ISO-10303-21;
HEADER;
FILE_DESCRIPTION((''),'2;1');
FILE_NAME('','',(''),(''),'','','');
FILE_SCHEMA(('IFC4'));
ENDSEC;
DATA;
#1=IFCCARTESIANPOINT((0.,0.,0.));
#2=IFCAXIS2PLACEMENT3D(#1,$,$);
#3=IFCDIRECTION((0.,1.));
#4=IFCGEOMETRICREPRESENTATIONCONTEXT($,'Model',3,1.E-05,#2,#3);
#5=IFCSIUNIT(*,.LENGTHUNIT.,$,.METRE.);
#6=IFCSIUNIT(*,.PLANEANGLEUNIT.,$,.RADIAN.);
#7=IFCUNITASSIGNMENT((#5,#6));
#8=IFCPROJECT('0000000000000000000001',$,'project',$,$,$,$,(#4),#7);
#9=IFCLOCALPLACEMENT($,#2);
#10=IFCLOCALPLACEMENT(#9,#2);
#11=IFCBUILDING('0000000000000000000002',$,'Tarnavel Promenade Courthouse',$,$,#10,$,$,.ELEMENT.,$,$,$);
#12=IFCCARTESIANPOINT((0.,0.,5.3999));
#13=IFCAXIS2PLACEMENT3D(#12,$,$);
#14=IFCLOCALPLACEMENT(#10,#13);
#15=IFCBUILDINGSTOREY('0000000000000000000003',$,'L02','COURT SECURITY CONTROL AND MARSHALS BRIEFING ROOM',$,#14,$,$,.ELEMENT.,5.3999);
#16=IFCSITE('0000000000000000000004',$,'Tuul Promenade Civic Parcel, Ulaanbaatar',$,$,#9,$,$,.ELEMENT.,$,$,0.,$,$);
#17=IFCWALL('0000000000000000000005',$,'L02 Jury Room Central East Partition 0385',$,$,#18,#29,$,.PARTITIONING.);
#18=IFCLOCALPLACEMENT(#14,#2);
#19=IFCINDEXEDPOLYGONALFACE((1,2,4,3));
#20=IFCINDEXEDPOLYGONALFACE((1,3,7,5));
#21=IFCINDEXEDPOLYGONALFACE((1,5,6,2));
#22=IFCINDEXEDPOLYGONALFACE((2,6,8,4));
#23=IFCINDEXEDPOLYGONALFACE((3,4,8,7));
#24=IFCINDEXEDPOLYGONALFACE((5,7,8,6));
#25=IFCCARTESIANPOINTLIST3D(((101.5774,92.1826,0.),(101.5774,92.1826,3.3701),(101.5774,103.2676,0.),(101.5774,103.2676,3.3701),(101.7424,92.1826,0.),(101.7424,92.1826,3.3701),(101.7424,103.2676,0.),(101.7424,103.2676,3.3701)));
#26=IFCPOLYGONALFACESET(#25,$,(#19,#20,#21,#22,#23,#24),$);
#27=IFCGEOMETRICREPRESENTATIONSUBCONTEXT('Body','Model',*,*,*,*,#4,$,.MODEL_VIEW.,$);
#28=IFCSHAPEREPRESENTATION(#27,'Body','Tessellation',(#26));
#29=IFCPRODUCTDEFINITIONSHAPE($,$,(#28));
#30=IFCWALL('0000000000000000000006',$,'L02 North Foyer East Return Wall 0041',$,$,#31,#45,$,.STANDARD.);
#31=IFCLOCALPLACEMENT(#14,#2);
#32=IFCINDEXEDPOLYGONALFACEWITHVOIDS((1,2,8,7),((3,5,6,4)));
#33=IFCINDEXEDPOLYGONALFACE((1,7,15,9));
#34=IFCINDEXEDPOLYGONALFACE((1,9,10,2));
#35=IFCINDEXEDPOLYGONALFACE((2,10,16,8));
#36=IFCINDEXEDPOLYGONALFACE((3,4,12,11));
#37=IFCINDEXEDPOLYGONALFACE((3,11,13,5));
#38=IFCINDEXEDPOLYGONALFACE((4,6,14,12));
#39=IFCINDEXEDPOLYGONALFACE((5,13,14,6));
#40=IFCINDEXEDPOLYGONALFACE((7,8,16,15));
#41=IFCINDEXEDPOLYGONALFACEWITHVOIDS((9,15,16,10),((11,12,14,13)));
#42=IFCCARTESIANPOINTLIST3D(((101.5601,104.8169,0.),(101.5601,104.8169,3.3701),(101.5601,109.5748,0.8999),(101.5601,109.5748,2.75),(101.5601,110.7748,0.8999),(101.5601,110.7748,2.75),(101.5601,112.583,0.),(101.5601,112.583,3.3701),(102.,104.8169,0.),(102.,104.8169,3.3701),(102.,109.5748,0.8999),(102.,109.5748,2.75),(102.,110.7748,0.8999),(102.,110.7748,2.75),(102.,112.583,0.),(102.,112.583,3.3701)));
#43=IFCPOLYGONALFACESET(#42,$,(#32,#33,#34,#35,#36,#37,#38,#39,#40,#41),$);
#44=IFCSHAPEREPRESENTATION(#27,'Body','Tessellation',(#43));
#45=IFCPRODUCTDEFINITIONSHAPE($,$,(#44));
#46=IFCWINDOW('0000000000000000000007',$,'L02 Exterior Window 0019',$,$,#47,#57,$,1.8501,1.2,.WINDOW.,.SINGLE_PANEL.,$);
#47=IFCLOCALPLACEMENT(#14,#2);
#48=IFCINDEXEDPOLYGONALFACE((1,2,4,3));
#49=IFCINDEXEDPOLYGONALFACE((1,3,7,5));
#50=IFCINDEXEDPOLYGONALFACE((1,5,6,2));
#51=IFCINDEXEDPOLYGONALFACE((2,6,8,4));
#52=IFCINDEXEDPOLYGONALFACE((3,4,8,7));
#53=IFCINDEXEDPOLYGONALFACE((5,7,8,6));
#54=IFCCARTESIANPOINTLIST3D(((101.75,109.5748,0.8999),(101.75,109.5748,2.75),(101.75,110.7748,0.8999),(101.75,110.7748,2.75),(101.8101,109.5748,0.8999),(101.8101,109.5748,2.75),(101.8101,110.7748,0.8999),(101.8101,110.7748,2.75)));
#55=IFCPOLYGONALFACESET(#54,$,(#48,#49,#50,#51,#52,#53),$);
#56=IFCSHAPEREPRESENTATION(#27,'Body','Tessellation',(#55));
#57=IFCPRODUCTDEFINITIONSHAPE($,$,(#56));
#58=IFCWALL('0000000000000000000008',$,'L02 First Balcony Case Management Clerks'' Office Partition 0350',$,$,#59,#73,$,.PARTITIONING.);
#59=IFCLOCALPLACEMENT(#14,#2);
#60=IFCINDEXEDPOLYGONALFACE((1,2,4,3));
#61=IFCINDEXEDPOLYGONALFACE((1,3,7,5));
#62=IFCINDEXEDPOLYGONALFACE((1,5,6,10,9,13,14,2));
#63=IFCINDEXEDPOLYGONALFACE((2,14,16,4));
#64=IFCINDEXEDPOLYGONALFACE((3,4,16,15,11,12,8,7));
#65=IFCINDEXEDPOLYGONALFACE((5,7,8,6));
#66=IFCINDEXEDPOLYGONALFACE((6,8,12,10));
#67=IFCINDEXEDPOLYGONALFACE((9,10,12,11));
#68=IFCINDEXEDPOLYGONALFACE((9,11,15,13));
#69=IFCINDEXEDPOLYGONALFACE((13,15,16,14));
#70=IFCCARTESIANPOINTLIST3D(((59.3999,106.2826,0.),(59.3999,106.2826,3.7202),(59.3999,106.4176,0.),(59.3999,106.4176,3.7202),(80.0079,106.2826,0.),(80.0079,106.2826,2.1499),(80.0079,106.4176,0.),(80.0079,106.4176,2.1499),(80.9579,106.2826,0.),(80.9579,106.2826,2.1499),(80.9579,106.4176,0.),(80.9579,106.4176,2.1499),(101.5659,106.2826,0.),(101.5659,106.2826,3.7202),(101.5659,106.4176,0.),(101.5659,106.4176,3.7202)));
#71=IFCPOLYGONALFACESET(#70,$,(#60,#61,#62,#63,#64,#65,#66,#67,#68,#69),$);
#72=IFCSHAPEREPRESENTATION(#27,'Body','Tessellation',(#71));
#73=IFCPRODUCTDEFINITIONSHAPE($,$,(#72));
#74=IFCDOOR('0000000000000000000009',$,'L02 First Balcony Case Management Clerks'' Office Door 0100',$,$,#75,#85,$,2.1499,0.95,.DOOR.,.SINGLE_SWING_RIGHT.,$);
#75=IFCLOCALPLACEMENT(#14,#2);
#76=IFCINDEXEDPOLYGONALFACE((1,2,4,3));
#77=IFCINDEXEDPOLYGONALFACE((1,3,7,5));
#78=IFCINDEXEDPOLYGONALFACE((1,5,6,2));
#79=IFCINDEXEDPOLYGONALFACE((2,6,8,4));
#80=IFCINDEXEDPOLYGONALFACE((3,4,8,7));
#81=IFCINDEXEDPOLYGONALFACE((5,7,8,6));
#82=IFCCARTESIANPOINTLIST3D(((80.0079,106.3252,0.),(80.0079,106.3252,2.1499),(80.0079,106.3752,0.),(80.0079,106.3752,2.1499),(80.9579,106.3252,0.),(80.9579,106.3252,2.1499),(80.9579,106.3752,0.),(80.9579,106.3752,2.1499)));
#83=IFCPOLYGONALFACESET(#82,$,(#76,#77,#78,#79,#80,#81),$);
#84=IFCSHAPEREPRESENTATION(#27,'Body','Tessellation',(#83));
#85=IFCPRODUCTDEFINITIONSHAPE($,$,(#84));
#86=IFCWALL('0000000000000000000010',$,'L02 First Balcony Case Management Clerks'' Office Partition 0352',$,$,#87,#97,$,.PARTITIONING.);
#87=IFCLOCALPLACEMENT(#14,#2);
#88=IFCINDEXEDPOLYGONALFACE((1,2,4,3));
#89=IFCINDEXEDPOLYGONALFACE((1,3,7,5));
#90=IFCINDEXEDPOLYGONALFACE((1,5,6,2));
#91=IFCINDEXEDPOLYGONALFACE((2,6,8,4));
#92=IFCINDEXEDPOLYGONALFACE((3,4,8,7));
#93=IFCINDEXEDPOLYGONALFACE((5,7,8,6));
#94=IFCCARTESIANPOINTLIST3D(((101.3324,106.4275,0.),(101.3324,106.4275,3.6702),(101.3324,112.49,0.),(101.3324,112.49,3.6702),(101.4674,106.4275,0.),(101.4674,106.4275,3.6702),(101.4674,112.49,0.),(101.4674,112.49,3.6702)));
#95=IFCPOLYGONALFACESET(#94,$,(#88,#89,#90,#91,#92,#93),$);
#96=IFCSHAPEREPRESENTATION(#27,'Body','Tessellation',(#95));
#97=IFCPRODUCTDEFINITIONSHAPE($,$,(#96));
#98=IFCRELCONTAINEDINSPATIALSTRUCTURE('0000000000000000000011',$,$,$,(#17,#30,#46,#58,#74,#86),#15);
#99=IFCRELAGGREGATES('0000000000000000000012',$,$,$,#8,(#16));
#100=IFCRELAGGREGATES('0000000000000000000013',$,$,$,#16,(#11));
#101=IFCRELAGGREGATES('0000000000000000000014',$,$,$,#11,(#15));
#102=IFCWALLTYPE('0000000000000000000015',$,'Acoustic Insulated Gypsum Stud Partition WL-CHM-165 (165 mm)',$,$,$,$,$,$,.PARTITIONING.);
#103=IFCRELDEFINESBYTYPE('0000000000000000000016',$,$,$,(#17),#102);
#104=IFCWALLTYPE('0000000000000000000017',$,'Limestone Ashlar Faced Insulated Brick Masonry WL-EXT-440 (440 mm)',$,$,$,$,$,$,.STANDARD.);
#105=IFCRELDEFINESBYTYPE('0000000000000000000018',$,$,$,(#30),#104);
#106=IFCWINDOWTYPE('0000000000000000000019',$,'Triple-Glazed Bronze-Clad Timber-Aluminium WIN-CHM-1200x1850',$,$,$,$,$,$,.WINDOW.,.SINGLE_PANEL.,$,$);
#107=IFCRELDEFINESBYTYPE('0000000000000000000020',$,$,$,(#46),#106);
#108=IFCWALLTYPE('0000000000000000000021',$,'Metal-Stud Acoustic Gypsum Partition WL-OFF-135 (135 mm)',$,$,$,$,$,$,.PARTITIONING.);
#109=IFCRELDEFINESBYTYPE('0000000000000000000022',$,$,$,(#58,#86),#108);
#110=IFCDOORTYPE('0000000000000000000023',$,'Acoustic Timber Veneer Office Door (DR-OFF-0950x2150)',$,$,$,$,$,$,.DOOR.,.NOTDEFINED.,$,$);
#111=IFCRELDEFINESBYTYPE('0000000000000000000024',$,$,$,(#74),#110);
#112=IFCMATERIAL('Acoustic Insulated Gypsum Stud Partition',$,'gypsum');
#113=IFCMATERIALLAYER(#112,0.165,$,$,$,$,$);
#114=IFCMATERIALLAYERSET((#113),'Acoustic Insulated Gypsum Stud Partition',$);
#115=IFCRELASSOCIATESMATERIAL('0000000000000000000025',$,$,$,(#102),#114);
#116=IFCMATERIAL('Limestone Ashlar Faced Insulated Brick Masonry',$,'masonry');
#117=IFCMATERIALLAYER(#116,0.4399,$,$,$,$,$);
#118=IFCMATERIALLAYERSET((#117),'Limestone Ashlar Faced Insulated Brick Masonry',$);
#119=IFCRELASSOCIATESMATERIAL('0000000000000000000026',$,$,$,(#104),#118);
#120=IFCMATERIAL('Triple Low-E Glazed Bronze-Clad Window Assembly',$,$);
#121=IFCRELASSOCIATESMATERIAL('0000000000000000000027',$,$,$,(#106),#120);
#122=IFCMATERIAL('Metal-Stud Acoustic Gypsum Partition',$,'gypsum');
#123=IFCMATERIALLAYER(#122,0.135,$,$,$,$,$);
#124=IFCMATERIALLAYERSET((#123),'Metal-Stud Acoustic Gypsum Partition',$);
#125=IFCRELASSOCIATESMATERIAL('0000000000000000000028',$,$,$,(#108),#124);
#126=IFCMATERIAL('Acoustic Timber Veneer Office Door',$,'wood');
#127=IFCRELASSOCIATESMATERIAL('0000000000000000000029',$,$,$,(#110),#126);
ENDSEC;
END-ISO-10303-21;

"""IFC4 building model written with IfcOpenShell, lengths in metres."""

from ifc_helpers import new_model, si_unit, direction, frame, frame_2d, origin, place, context, subcontext, project, spatial, rectangle, extrude, material, layer, layer_set, type_object, element, fill, save


model = new_model("IFC4")

# Units and contexts
model_context = context("Model", 3, precision=1e-05, world=origin(), true_north=direction((0.0, 1.0)))
body_context = subcontext(model_context, "Body", "Model", "MODEL_VIEW")
ifc_project = project(units=[si_unit("LENGTHUNIT", "METRE"), si_unit("PLANEANGLEUNIT", "RADIAN")], contexts=[model_context])

# Site, building, storey
site_placement = place(None, origin())
site = spatial("IfcSite", under=ifc_project, at=site_placement, Name="Tuul Promenade Civic Parcel, Ulaanbaatar", CompositionType="ELEMENT", RefElevation=0.0)
building_placement = place(site_placement, origin())
building = spatial("IfcBuilding", under=site, at=building_placement, Name="Tarnavel Promenade Courthouse", CompositionType="ELEMENT")
storey_placement = place(building_placement, frame((0.0, 0.0, 5.3999)))
storey = spatial("IfcBuildingStorey", under=building, at=storey_placement, Name="L02", Description="COURT SECURITY CONTROL AND MARSHALS BRIEFING ROOM", CompositionType="ELEMENT", Elevation=5.3999)

# Wall
ifc_material_1 = material(Name="Acoustic Insulated Gypsum Stud Partition", Category="gypsum")
ifc_layer_1 = layer(ifc_material_1, 0.165)
ifc_layer_set_1 = layer_set([ifc_layer_1], Name="Acoustic Insulated Gypsum Stud Partition")
wall_type_1 = type_object("IfcWallType", Name="Acoustic Insulated Gypsum Stud Partition WL-CHM-165 (165 mm)", PredefinedType="PARTITIONING", material=ifc_layer_set_1)
wall_1_placement = place(storey_placement, frame((101.6599, 103.2676, 0.0), z_axis=(0.0, 0.0, 1.0), x_axis=(0.0, -1.0, 0.0)))
element("IfcWall", 1, at=wall_1_placement, inside=storey, type_object=wall_type_1, Name="L02 Jury Room Central East Partition 0385", PredefinedType="PARTITIONING", context=body_context, shape_type="SweptSolid", body=[
    extrude(rectangle(XDim=11.085, YDim=0.165, at=frame_2d((5.5425, 0.0))), origin(), (0.0, 0.0, 1.0), 3.3701),
])

# Wall, opening, window
ifc_material_2 = material(Name="Limestone Ashlar Faced Insulated Brick Masonry", Category="masonry")
ifc_layer_2 = layer(ifc_material_2, 0.4399)
ifc_layer_set_2 = layer_set([ifc_layer_2], Name="Limestone Ashlar Faced Insulated Brick Masonry")
wall_type_2 = type_object("IfcWallType", Name="Limestone Ashlar Faced Insulated Brick Masonry WL-EXT-440 (440 mm)", PredefinedType="STANDARD", material=ifc_layer_set_2)
wall_2_placement = place(storey_placement, frame((101.78, 112.583, 0.0), z_axis=(0.0, 0.0, 1.0), x_axis=(0.0, -1.0, 0.0)))
wall_2 = element("IfcWall", 2, at=wall_2_placement, inside=storey, type_object=wall_type_2, Name="L02 North Foyer East Return Wall 0041", PredefinedType="STANDARD", context=body_context, shape_type="SweptSolid", body=[
    extrude(rectangle(XDim=7.7661, YDim=0.4399, at=frame_2d((3.8831, 0.0))), origin(), (0.0, 0.0, 1.0), 3.3701),
])
opening_1_placement = place(wall_2_placement, frame((1.8081, 0.0, 0.8999)))
opening_1 = element("IfcOpeningElement", 3, at=opening_1_placement, cuts=wall_2, PredefinedType="OPENING", context=body_context, shape_type="SweptSolid", body=[
    extrude(rectangle(XDim=1.2, YDim=1.8501, at=frame_2d((0.6001, 0.925))), frame((0.0, 0.23, 0.0), z_axis=(0.0, -1.0, 0.0), x_axis=(1.0, 0.0, 0.0)), (0.0, 0.0, 1.0), 0.46),
])
ifc_material_3 = material(Name="Triple Low-E Glazed Bronze-Clad Window Assembly")
window_type = type_object("IfcWindowType", Name="Triple-Glazed Bronze-Clad Timber-Aluminium WIN-CHM-1200x1850", PartitioningType="SINGLE_PANEL", PredefinedType="WINDOW", material=ifc_material_3)
window_placement = place(opening_1_placement, origin())
window = element("IfcWindow", 4, at=window_placement, inside=storey, type_object=window_type, Name="L02 Exterior Window 0019", OverallHeight=1.8501, OverallWidth=1.2, PartitioningType="SINGLE_PANEL", PredefinedType="WINDOW", context=body_context, shape_type="SweptSolid", body=[
    extrude(rectangle(XDim=1.2, YDim=1.8501, at=frame_2d((0.6001, 0.925))), frame((0.0, 0.03, 0.0), z_axis=(0.0, -1.0, 0.0), x_axis=(1.0, 0.0, 0.0)), (0.0, 0.0, 1.0), 0.0601),
])
fill(opening_1, window)

# Wall, opening, door
ifc_material_4 = material(Name="Metal-Stud Acoustic Gypsum Partition", Category="gypsum")
ifc_layer_3 = layer(ifc_material_4, 0.135)
ifc_layer_set_3 = layer_set([ifc_layer_3], Name="Metal-Stud Acoustic Gypsum Partition")
wall_type_3 = type_object("IfcWallType", Name="Metal-Stud Acoustic Gypsum Partition WL-OFF-135 (135 mm)", PredefinedType="PARTITIONING", material=ifc_layer_set_3)
wall_3_placement = place(storey_placement, frame((101.5659, 106.3501, 0.0), z_axis=(0.0, 0.0, 1.0), x_axis=(-1.0, 0.0, 0.0)))
wall_3 = element("IfcWall", 5, at=wall_3_placement, inside=storey, type_object=wall_type_3, Name="L02 First Balcony Case Management Clerks' Office Partition 0350", PredefinedType="PARTITIONING", context=body_context, shape_type="SweptSolid", body=[
    extrude(rectangle(XDim=42.166, YDim=0.135, at=frame_2d((21.083, 0.0))), origin(), (0.0, 0.0, 1.0), 3.7202),
])
opening_2_placement = place(wall_3_placement, frame((20.6079, 0.0, 0.0)))
opening_2 = element("IfcOpeningElement", 6, at=opening_2_placement, cuts=wall_3, PredefinedType="OPENING", context=body_context, shape_type="SweptSolid", body=[
    extrude(rectangle(XDim=0.95, YDim=2.1499, at=frame_2d((0.4751, 1.075))), frame((0.0, 0.0774, 0.0), z_axis=(0.0, -1.0, 0.0), x_axis=(1.0, 0.0, 0.0)), (0.0, 0.0, 1.0), 0.155),
])
ifc_material_5 = material(Name="Acoustic Timber Veneer Office Door", Category="wood")
door_type = type_object("IfcDoorType", Name="Acoustic Timber Veneer Office Door (DR-OFF-0950x2150)", OperationType="NOTDEFINED", PredefinedType="DOOR", material=ifc_material_5)
door_placement = place(opening_2_placement, origin())
door = element("IfcDoor", 7, at=door_placement, inside=storey, type_object=door_type, Name="L02 First Balcony Case Management Clerks' Office Door 0100", OperationType="SINGLE_SWING_RIGHT", OverallHeight=2.1499, OverallWidth=0.95, PredefinedType="DOOR", context=body_context, shape_type="SweptSolid", body=[
    extrude(rectangle(XDim=0.95, YDim=2.1499, at=frame_2d((0.4751, 1.075))), frame((0.0, 0.0249, 0.0), z_axis=(0.0, -1.0, 0.0), x_axis=(1.0, 0.0, 0.0)), (0.0, 0.0, 1.0), 0.05),
])
fill(opening_2, door)

# Wall
wall_4_placement = place(storey_placement, frame((101.3999, 112.49, 0.0), z_axis=(0.0, 0.0, 1.0), x_axis=(0.0, -1.0, 0.0)))
element("IfcWall", 8, at=wall_4_placement, inside=storey, type_object=wall_type_3, Name="L02 First Balcony Case Management Clerks' Office Partition 0352", PredefinedType="PARTITIONING", context=body_context, shape_type="SweptSolid", body=[
    extrude(rectangle(XDim=6.0625, YDim=0.135, at=frame_2d((3.0312, 0.0))), origin(), (0.0, 0.0, 1.0), 3.6702),
])

save(model, "model.ifc")
